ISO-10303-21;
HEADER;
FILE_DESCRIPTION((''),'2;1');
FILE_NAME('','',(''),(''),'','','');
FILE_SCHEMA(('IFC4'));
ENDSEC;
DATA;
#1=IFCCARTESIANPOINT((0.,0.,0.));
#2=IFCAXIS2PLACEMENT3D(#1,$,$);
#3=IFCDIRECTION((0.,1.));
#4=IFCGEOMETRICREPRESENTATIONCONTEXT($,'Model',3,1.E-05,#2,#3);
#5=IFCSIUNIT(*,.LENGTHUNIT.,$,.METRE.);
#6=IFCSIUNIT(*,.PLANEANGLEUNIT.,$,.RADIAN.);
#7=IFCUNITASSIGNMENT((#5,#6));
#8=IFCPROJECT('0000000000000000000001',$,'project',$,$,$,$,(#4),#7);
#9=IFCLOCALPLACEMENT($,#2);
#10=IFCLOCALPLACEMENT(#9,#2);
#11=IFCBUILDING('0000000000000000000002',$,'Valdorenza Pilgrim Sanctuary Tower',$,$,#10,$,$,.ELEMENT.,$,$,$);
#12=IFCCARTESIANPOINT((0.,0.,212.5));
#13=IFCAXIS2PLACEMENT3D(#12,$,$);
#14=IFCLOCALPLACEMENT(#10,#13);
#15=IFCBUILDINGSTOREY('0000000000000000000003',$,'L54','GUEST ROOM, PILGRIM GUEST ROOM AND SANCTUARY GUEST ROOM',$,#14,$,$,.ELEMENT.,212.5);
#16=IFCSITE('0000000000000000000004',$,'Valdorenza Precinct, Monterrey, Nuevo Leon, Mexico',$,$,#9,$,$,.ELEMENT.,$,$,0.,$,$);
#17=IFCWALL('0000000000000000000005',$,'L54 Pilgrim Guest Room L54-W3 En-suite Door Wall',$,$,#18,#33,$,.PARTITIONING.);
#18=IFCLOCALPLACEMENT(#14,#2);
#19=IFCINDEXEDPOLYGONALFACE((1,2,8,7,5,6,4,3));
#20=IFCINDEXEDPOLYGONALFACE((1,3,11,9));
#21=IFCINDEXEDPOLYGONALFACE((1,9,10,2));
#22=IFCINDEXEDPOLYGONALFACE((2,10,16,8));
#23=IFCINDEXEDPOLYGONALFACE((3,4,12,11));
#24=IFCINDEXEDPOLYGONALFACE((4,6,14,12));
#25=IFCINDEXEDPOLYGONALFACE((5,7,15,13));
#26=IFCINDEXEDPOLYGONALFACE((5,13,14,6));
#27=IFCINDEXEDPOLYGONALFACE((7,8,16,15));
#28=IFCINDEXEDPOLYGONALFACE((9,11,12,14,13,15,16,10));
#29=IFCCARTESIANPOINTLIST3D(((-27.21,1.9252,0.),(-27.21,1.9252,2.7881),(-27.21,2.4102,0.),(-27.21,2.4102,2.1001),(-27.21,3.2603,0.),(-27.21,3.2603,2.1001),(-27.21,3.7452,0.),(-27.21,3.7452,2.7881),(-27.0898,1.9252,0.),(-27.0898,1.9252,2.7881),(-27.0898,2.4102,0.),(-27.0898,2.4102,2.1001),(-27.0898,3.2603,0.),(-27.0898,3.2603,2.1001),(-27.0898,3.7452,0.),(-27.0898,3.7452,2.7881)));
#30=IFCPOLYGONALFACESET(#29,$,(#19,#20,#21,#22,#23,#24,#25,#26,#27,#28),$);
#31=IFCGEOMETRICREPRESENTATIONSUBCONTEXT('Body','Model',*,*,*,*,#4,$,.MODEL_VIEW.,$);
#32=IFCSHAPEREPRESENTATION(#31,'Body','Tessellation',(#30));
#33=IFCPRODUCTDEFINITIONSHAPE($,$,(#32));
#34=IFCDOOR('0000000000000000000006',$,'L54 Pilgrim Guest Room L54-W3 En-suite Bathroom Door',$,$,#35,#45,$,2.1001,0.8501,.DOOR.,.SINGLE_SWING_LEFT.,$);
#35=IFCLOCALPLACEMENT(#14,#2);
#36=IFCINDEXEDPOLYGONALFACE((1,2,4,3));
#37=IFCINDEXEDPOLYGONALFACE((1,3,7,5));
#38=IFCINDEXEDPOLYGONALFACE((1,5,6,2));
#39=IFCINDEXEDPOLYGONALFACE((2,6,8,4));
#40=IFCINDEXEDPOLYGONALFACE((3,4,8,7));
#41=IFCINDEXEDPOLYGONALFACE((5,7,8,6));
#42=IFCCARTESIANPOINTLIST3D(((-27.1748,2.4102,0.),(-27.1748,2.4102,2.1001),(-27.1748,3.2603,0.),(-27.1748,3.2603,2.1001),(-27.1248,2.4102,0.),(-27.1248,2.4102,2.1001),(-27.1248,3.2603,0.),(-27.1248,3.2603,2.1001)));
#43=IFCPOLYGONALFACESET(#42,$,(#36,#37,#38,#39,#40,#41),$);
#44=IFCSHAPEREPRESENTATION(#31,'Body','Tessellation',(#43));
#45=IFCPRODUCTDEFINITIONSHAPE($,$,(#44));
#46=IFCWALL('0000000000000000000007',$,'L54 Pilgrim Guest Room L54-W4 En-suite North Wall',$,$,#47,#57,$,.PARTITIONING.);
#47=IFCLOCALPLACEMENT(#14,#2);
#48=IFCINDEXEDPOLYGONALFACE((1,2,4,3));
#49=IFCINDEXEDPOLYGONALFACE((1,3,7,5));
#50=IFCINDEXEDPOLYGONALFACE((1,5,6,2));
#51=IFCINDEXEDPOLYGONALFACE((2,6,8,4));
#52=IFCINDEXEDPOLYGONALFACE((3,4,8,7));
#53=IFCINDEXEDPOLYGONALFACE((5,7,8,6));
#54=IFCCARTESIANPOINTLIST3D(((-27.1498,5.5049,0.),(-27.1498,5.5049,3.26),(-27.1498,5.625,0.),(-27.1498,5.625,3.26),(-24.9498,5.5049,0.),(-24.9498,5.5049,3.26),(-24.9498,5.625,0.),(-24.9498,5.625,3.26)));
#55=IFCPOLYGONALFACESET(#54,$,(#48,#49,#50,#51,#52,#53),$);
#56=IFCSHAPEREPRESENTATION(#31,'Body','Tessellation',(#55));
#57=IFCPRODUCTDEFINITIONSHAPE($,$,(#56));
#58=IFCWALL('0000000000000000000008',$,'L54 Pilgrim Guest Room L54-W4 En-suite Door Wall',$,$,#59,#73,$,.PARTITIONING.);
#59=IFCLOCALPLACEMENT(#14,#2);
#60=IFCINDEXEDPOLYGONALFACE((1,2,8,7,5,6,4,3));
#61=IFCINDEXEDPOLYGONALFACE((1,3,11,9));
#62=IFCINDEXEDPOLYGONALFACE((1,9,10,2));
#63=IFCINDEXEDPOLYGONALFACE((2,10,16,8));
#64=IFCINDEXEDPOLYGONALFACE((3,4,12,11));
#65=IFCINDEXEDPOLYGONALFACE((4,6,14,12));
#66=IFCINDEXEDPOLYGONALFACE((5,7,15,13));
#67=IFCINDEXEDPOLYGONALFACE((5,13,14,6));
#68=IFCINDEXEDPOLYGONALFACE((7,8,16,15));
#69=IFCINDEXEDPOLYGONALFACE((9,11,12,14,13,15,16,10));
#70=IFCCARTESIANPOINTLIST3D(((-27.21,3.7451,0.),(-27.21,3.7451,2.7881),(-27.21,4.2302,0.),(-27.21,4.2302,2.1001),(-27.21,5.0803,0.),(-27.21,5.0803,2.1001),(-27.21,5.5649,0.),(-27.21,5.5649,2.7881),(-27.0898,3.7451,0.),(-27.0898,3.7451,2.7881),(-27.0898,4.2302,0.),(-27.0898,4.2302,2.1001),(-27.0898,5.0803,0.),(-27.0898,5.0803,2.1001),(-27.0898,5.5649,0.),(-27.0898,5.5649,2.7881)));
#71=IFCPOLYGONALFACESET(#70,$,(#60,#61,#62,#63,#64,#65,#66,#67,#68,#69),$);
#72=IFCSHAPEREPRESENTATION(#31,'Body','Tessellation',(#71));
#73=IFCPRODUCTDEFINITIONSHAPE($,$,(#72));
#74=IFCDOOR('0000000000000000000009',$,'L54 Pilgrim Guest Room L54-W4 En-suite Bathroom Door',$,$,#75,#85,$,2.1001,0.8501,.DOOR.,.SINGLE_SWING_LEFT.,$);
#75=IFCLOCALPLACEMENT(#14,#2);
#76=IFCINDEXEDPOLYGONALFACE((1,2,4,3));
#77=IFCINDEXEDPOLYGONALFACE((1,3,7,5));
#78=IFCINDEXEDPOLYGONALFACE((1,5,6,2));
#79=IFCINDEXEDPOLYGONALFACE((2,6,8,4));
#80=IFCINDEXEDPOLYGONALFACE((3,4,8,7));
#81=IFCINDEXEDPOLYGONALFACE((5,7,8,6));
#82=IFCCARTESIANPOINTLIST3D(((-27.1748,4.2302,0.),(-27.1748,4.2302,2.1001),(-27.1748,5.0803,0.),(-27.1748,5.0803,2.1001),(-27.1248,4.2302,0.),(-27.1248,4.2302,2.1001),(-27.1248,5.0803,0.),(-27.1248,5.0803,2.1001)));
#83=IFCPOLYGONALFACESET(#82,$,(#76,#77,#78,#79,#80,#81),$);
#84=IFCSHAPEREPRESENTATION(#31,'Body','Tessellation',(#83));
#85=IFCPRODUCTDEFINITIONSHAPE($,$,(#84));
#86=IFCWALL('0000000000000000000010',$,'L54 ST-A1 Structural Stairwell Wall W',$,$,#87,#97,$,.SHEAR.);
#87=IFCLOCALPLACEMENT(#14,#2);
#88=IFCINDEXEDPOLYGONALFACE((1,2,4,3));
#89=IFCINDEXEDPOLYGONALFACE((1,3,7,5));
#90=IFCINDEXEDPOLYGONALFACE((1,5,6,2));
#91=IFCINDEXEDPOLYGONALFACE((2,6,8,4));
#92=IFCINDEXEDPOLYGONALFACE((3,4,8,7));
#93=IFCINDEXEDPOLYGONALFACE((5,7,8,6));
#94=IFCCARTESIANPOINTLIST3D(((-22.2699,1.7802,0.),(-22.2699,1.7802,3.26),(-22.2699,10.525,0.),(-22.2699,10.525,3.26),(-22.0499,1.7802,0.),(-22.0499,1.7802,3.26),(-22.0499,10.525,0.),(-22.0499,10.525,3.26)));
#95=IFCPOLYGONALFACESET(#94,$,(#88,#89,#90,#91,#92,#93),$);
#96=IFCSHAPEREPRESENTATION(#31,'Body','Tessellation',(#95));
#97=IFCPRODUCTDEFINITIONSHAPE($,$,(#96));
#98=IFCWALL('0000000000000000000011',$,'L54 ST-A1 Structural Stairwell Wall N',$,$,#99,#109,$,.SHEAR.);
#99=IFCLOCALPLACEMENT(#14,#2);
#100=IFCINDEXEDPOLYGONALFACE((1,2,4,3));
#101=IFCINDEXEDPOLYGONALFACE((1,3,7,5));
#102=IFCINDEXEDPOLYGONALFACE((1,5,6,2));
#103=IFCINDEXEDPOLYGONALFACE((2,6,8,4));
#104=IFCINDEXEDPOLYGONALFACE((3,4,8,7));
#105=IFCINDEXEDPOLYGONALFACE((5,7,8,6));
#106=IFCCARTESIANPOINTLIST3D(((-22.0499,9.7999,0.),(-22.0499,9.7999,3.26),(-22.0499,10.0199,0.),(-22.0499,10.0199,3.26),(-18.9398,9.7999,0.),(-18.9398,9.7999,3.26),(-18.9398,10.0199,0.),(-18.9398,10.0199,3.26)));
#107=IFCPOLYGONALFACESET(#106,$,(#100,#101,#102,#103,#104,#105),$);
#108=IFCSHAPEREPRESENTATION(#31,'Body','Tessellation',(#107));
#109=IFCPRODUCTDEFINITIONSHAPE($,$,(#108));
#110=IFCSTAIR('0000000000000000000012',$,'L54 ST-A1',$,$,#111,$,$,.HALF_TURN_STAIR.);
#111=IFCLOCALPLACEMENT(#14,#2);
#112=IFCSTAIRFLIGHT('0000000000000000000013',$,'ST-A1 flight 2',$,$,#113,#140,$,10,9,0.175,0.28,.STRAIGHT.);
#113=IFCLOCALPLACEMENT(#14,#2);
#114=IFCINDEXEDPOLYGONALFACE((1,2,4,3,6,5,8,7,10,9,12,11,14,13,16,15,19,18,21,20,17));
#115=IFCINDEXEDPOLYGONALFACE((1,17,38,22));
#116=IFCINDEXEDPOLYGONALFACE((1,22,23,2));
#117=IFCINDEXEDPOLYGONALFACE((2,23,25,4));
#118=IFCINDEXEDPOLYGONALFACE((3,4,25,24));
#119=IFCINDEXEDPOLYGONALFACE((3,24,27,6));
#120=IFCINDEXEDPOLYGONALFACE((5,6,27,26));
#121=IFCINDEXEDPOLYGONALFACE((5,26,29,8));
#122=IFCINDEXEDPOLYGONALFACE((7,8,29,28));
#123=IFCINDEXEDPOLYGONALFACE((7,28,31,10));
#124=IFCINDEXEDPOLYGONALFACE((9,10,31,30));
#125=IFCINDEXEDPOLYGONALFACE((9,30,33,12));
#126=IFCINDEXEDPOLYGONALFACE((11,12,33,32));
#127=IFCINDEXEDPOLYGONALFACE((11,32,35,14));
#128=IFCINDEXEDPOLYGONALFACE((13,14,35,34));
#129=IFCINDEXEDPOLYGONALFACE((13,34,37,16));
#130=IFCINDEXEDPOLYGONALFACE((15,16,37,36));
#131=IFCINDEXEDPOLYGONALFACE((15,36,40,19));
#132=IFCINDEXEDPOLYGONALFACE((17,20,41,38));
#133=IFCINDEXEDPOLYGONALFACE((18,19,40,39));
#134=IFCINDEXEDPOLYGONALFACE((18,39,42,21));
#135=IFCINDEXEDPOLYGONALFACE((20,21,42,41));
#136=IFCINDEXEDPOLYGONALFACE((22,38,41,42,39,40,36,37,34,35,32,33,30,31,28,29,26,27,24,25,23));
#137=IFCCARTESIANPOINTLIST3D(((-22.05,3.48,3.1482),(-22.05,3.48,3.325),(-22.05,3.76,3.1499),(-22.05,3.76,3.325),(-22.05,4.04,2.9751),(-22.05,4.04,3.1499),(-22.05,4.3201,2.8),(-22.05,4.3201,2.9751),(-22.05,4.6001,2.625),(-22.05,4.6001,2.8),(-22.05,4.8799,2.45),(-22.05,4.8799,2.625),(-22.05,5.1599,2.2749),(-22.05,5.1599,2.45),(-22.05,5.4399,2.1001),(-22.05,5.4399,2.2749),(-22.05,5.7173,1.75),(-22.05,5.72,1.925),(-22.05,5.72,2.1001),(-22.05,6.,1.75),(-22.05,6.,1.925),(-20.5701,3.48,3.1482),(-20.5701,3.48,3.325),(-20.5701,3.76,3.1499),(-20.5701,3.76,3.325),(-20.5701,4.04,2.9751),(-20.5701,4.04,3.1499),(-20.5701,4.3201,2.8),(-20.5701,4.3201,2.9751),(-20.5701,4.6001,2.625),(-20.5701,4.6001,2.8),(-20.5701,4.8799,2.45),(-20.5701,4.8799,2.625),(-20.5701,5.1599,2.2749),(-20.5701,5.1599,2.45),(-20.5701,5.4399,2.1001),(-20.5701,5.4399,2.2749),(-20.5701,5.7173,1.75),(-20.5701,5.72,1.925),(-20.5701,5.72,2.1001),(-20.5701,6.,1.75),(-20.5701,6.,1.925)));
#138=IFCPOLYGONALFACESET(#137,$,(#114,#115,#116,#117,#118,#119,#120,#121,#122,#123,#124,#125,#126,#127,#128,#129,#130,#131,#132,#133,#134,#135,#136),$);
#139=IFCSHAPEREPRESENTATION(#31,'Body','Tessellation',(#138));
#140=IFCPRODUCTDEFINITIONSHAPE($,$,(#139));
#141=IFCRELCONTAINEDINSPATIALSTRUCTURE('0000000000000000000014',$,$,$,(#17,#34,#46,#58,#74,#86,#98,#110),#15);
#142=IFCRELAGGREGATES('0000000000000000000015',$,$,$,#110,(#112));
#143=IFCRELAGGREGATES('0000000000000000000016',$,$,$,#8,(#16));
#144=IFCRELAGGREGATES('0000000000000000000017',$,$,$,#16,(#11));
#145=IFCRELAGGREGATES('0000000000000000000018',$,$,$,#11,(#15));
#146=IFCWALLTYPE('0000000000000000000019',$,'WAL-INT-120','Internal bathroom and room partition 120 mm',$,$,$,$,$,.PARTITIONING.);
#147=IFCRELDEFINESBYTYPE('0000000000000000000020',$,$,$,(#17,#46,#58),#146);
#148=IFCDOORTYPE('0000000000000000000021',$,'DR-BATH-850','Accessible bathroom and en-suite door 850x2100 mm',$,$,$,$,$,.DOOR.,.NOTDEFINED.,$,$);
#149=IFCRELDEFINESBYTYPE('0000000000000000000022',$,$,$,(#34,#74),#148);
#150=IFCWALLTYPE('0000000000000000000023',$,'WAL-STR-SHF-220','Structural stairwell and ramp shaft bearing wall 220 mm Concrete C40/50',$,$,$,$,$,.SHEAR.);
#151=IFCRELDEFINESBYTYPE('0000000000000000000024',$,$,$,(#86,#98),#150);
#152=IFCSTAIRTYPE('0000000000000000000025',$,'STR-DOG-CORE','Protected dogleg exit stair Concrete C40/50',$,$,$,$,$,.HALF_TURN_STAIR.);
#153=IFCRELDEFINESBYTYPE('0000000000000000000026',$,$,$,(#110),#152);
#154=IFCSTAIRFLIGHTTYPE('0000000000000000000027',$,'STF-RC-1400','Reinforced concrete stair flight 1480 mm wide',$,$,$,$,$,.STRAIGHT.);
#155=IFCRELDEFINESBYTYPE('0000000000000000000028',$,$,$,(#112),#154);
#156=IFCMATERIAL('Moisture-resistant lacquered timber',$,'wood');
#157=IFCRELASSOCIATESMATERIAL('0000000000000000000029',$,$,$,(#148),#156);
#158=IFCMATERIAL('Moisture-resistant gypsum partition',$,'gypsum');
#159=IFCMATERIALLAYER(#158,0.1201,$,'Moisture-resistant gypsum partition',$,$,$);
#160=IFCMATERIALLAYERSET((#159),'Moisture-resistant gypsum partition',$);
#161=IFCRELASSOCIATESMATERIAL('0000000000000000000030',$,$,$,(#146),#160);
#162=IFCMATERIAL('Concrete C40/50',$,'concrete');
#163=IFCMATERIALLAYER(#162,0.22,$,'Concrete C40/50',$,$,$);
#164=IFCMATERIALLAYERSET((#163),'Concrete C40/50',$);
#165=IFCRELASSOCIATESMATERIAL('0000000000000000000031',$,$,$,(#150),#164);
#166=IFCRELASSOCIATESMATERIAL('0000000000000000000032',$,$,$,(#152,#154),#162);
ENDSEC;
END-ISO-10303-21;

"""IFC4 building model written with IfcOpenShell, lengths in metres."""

from ifc_helpers import new_model, si_unit, direction, frame, frame_2d, origin, place, context, subcontext, project, spatial, polyline, rectangle, outline, extrude, material, layer, layer_set, type_object, element, fill, aggregate, save


model = new_model("IFC4")

# Units and contexts
model_context = context("Model", 3, precision=1e-05, world=origin(), true_north=direction((0.0, 1.0)))
body_context = subcontext(model_context, "Body", "Model", "MODEL_VIEW")
ifc_project = project(units=[si_unit("LENGTHUNIT", "METRE"), si_unit("PLANEANGLEUNIT", "RADIAN")], contexts=[model_context])

# Site, building, storey
site_placement = place(None, origin())
site = spatial("IfcSite", under=ifc_project, at=site_placement, Name="Valdorenza Precinct, Monterrey, Nuevo Leon, Mexico", CompositionType="ELEMENT", RefElevation=0.0)
building_placement = place(site_placement, origin())
building = spatial("IfcBuilding", under=site, at=building_placement, Name="Valdorenza Pilgrim Sanctuary Tower", CompositionType="ELEMENT")
storey_placement = place(building_placement, frame((0.0, 0.0, 212.5)))
storey = spatial("IfcBuildingStorey", under=building, at=storey_placement, Name="L54", Description="GUEST ROOM, PILGRIM GUEST ROOM AND SANCTUARY GUEST ROOM", CompositionType="ELEMENT", Elevation=212.5)

# Shared definitions
ifc_material_1 = material(Name="Moisture-resistant lacquered timber", Category="wood")
door_type_1 = type_object("IfcDoorType", Name="DR-BATH-850", Description="Accessible bathroom and en-suite door 850x2100 mm", OperationType="NOTDEFINED", PredefinedType="DOOR", material=ifc_material_1)

# Shared definitions
ifc_material_2 = material(Name="Moisture-resistant gypsum partition", Category="gypsum")
ifc_layer_1 = layer(ifc_material_2, 0.1201, Name="Moisture-resistant gypsum partition")
ifc_layer_set_1 = layer_set([ifc_layer_1], Name="Moisture-resistant gypsum partition")
wall_type_1 = type_object("IfcWallType", Name="WAL-INT-120", Description="Internal bathroom and room partition 120 mm", PredefinedType="PARTITIONING", material=ifc_layer_set_1)

# Wall, opening, door
wall_1_placement = place(storey_placement, frame((-27.1499, 1.925, 0.0), z_axis=(0.0, 0.0, 1.0), x_axis=(0.0, 1.0, 0.0)))
wall_1 = element("IfcWall", 1, at=wall_1_placement, inside=storey, type_object=wall_type_1, Name="L54 Pilgrim Guest Room L54-W3 En-suite Door Wall", PredefinedType="PARTITIONING", context=body_context, shape_type="SweptSolid", body=[
    extrude(rectangle(XDim=1.8201, YDim=0.1201, at=frame_2d((0.9102, 0.0))), origin(), (0.0, 0.0, 1.0), 2.7881),
])
opening_1_placement = place(wall_1_placement, frame((0.4851, 0.0, 0.0)))
opening_1 = element("IfcOpeningElement", 2, at=opening_1_placement, cuts=wall_1, PredefinedType="OPENING", context=body_context, shape_type="SweptSolid", body=[
    extrude(rectangle(XDim=0.8501, YDim=2.1001, at=frame_2d((0.425, 1.05))), frame((0.0, 0.075, 0.0), z_axis=(0.0, -1.0, 0.0), x_axis=(1.0, 0.0, 0.0)), (0.0, 0.0, 1.0), 0.1499),
])
door_1_placement = place(opening_1_placement, origin())
door_1 = element("IfcDoor", 3, at=door_1_placement, inside=storey, type_object=door_type_1, Name="L54 Pilgrim Guest Room L54-W3 En-suite Bathroom Door", OperationType="SINGLE_SWING_LEFT", OverallHeight=2.1001, OverallWidth=0.8501, PredefinedType="DOOR", context=body_context, shape_type="SweptSolid", body=[
    extrude(rectangle(XDim=0.8501, YDim=2.1001, at=frame_2d((0.425, 1.05))), frame((0.0, 0.0249, 0.0), z_axis=(0.0, -1.0, 0.0), x_axis=(1.0, 0.0, 0.0)), (0.0, 0.0, 1.0), 0.05),
])
fill(opening_1, door_1)

# Wall
wall_2_placement = place(storey_placement, frame((-27.1499, 5.5649, 0.0), z_axis=(0.0, 0.0, 1.0), x_axis=(1.0, 0.0, 0.0)))
element("IfcWall", 4, at=wall_2_placement, inside=storey, type_object=wall_type_1, Name="L54 Pilgrim Guest Room L54-W4 En-suite North Wall", PredefinedType="PARTITIONING", context=body_context, shape_type="SweptSolid", body=[
    extrude(rectangle(XDim=2.2, YDim=0.1201, at=frame_2d((1.1001, 0.0))), origin(), (0.0, 0.0, 1.0), 3.26),
])

# Wall, opening, door
wall_3_placement = place(storey_placement, frame((-27.1499, 3.7451, 0.0), z_axis=(0.0, 0.0, 1.0), x_axis=(0.0, 1.0, 0.0)))
wall_3 = element("IfcWall", 5, at=wall_3_placement, inside=storey, type_object=wall_type_1, Name="L54 Pilgrim Guest Room L54-W4 En-suite Door Wall", PredefinedType="PARTITIONING", context=body_context, shape_type="SweptSolid", body=[
    extrude(rectangle(XDim=1.8198, YDim=0.1201, at=frame_2d((0.9099, 0.0))), origin(), (0.0, 0.0, 1.0), 2.7881),
])
opening_2_placement = place(wall_3_placement, frame((0.4851, 0.0, 0.0)))
opening_2 = element("IfcOpeningElement", 6, at=opening_2_placement, cuts=wall_3, PredefinedType="OPENING", context=body_context, shape_type="SweptSolid", body=[
    extrude(rectangle(XDim=0.8501, YDim=2.1001, at=frame_2d((0.425, 1.05))), frame((0.0, 0.075, 0.0), z_axis=(0.0, -1.0, 0.0), x_axis=(1.0, 0.0, 0.0)), (0.0, 0.0, 1.0), 0.1499),
])
door_2_placement = place(opening_2_placement, origin())
door_2 = element("IfcDoor", 7, at=door_2_placement, inside=storey, type_object=door_type_1, Name="L54 Pilgrim Guest Room L54-W4 En-suite Bathroom Door", OperationType="SINGLE_SWING_LEFT", OverallHeight=2.1001, OverallWidth=0.8501, PredefinedType="DOOR", context=body_context, shape_type="SweptSolid", body=[
    extrude(rectangle(XDim=0.8501, YDim=2.1001, at=frame_2d((0.425, 1.05))), frame((0.0, 0.0249, 0.0), z_axis=(0.0, -1.0, 0.0), x_axis=(1.0, 0.0, 0.0)), (0.0, 0.0, 1.0), 0.05),
])
fill(opening_2, door_2)

# Wall
ifc_material_3 = material(Name="Concrete C40/50", Category="concrete")
ifc_layer_2 = layer(ifc_material_3, 0.22, Name="Concrete C40/50")
ifc_layer_set_2 = layer_set([ifc_layer_2], Name="Concrete C40/50")
wall_type_2 = type_object("IfcWallType", Name="WAL-STR-SHF-220", Description="Structural stairwell and ramp shaft bearing wall 220 mm Concrete C40/50", PredefinedType="SHEAR", material=ifc_layer_set_2)
wall_4_placement = place(storey_placement, frame((-22.1599, 1.78, 0.0), z_axis=(0.0, 0.0, 1.0), x_axis=(0.0, 1.0, 0.0)))
element("IfcWall", 8, at=wall_4_placement, inside=storey, type_object=wall_type_2, Name="L54 ST-A1 Structural Stairwell Wall W", PredefinedType="SHEAR", context=body_context, shape_type="SweptSolid", body=[
    extrude(rectangle(XDim=8.7449, YDim=0.22, at=frame_2d((4.3726, 0.0))), origin(), (0.0, 0.0, 1.0), 3.26),
])

# Wall
wall_5_placement = place(storey_placement, frame((-22.05, 9.9099, 0.0), z_axis=(0.0, 0.0, 1.0), x_axis=(1.0, 0.0, 0.0)))
element("IfcWall", 9, at=wall_5_placement, inside=storey, type_object=wall_type_2, Name="L54 ST-A1 Structural Stairwell Wall N", PredefinedType="SHEAR", context=body_context, shape_type="SweptSolid", body=[
    extrude(rectangle(XDim=3.1101, YDim=0.22, at=frame_2d((1.5552, 0.0))), origin(), (0.0, 0.0, 1.0), 3.26),
])

# Stair, stair flight
stair_type = type_object("IfcStairType", Name="STR-DOG-CORE", Description="Protected dogleg exit stair Concrete C40/50", PredefinedType="HALF_TURN_STAIR", material=ifc_material_3)
stair_placement = place(storey_placement, origin())
stair = element("IfcStair", 10, at=stair_placement, inside=storey, type_object=stair_type, Name="L54 ST-A1", PredefinedType="HALF_TURN_STAIR")
stair_flight_type = type_object("IfcStairFlightType", Name="STF-RC-1400", Description="Reinforced concrete stair flight 1480 mm wide", PredefinedType="STRAIGHT", material=ifc_material_3)
stair_flight_placement = place(storey_placement, frame((-21.3101, 6.0, 1.75), z_axis=(0.0, 0.0, 1.0), x_axis=(0.0, -1.0, 0.0)))
stair_flight = element("IfcStairFlight", 11, at=stair_flight_placement, type_object=stair_flight_type, Name="ST-A1 flight 2", NumberOfRisers=10, NumberOfTreads=9, PredefinedType="STRAIGHT", RiserHeight=0.175, TreadLength=0.28, context=body_context, shape_type="SweptSolid", body=[
    extrude(outline(polyline([(0.0, 0.0), (0.0, 0.175), (0.28, 0.175), (0.28, 0.3501), (0.5601, 0.3501), (0.5601, 0.5249), (0.8401, 0.5249), (0.8401, 0.7), (1.1201, 0.7), (1.1201, 0.875), (1.3999, 0.875), (1.3999, 1.05), (1.6799, 1.05), (1.6799, 1.2251), (1.96, 1.2251), (1.96, 1.3999), (2.24, 1.3999), (2.24, 1.575), (2.52, 1.575), (2.52, 1.75), (2.52, 1.3982), (0.2827, 0.0), (0.0, 0.0)])), frame((0.0, 0.74, 0.0), z_axis=(0.0, -1.0, 0.0), x_axis=(1.0, 0.0, 0.0)), (0.0, 0.0, 1.0), 1.48),
])
aggregate(stair, [stair_flight])

save(model, "model.ifc")
